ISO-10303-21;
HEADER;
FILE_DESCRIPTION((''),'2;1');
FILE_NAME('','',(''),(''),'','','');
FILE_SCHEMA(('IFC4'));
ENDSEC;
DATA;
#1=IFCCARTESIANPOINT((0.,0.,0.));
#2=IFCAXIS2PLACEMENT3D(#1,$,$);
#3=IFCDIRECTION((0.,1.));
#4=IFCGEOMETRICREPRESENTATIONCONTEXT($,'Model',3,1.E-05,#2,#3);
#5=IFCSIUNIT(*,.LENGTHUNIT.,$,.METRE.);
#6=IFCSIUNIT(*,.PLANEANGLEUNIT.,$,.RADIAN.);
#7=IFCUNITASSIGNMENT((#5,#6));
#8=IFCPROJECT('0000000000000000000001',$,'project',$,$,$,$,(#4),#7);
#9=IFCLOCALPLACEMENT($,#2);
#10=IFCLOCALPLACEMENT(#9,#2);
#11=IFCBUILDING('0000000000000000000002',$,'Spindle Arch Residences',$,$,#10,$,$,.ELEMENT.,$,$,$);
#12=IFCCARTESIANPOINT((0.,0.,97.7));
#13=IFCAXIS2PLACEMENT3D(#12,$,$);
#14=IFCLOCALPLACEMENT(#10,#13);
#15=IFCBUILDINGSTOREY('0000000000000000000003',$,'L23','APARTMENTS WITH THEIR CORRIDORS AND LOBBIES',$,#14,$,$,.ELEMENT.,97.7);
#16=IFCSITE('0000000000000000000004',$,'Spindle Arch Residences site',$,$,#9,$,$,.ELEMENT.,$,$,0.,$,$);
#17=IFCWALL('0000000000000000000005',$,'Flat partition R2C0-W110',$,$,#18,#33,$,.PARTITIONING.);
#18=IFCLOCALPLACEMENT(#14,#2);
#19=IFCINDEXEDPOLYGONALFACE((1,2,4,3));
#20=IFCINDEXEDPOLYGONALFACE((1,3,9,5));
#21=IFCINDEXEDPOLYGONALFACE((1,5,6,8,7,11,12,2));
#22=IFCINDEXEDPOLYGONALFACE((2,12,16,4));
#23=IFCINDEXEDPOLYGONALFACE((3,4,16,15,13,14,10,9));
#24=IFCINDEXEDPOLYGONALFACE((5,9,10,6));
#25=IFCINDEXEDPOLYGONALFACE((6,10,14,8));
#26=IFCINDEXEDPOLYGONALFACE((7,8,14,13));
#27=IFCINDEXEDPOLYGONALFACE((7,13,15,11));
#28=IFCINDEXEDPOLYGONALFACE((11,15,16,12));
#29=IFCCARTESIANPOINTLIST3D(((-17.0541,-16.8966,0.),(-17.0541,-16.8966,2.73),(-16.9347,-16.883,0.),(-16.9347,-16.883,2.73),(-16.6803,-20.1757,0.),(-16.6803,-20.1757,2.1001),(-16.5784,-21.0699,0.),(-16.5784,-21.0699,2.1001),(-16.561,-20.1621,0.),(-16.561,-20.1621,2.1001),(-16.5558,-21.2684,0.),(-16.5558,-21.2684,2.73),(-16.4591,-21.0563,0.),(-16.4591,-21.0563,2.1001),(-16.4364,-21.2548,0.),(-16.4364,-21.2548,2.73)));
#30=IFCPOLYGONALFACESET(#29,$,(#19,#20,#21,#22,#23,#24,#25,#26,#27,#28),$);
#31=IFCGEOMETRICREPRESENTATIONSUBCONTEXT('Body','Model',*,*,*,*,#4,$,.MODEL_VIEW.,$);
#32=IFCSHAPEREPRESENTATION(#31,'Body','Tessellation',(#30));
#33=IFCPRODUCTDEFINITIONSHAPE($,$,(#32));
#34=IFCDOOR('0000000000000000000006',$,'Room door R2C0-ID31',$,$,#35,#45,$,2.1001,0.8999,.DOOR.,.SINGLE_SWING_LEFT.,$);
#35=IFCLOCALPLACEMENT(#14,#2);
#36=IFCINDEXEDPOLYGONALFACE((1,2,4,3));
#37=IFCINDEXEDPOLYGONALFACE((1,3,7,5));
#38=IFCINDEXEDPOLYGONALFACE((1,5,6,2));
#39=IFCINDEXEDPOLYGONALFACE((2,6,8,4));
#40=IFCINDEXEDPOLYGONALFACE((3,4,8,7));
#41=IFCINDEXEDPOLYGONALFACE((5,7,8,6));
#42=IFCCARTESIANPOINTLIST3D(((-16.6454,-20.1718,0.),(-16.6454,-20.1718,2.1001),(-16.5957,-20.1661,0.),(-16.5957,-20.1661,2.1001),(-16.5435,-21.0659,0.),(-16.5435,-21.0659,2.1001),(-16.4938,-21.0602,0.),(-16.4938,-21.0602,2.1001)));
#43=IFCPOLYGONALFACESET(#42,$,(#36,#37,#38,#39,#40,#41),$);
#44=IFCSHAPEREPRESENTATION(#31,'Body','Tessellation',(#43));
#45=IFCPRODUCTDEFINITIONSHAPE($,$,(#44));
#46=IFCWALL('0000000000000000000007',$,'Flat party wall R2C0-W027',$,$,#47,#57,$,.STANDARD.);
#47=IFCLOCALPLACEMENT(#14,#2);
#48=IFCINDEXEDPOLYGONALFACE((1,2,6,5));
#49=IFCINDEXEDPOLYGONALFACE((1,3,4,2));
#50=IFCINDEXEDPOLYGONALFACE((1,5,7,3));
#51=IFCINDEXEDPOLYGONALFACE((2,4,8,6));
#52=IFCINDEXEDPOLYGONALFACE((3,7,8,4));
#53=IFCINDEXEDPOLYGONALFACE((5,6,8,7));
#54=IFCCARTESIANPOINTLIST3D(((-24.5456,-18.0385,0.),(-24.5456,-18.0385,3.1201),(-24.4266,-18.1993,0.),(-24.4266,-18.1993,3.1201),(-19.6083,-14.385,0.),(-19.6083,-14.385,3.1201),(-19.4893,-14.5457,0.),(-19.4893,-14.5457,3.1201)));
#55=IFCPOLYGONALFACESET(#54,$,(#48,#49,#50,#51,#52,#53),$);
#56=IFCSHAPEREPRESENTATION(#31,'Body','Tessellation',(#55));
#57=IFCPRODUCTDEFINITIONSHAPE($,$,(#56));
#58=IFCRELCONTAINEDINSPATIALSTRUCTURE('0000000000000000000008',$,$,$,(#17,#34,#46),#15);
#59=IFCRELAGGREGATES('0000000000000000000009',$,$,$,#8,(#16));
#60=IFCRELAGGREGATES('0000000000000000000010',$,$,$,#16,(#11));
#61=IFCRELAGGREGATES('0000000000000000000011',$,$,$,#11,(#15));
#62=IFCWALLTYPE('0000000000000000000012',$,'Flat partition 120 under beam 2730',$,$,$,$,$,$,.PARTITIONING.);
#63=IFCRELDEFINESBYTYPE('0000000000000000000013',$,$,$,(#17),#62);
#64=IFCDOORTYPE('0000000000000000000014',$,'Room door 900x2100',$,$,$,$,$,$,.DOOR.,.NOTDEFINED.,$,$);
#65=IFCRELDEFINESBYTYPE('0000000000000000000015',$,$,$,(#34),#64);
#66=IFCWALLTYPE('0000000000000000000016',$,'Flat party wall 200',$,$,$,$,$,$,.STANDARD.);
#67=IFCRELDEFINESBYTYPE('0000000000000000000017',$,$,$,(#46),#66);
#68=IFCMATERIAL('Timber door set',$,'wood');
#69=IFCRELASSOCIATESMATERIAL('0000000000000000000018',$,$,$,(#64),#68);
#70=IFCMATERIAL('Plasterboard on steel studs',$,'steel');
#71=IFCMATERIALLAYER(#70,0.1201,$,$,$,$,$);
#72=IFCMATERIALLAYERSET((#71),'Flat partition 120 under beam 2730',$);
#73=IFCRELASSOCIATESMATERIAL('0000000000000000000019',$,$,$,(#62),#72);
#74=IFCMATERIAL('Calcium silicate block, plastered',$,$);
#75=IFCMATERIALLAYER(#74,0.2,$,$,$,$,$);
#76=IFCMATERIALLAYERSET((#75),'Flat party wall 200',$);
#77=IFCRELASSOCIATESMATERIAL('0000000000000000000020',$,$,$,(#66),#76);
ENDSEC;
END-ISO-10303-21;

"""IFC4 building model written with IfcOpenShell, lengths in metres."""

from ifc_helpers import new_model, si_unit, direction, frame, frame_2d, origin, place, context, subcontext, project, spatial, rectangle, extrude, material, layer, layer_set, type_object, element, fill, save


model = new_model("IFC4")

# Units and contexts
model_context = context("Model", 3, precision=1e-05, world=origin(), true_north=direction((0.0, 1.0)))
body_context = subcontext(model_context, "Body", "Model", "MODEL_VIEW")
ifc_project = project(units=[si_unit("LENGTHUNIT", "METRE"), si_unit("PLANEANGLEUNIT", "RADIAN")], contexts=[model_context])

# Site, building, storey
site_placement = place(None, origin())
site = spatial("IfcSite", under=ifc_project, at=site_placement, Name="Spindle Arch Residences site", CompositionType="ELEMENT", RefElevation=0.0)
building_placement = place(site_placement, origin())
building = spatial("IfcBuilding", under=site, at=building_placement, Name="Spindle Arch Residences", CompositionType="ELEMENT")
storey_placement = place(building_placement, frame((0.0, 0.0, 97.7)))
storey = spatial("IfcBuildingStorey", under=building, at=storey_placement, Name="L23", Description="APARTMENTS WITH THEIR CORRIDORS AND LOBBIES", CompositionType="ELEMENT", Elevation=97.7)

# Shared definitions
ifc_material_1 = material(Name="Timber door set", Category="wood")
door_type = type_object("IfcDoorType", Name="Room door 900x2100", OperationType="NOTDEFINED", PredefinedType="DOOR", material=ifc_material_1)

# Wall, opening, door
ifc_material_2 = material(Name="Plasterboard on steel studs", Category="steel")
ifc_layer_1 = layer(ifc_material_2, 0.1201)
ifc_layer_set_1 = layer_set([ifc_layer_1], Name="Flat partition 120 under beam 2730")
wall_type_1 = type_object("IfcWallType", Name="Flat partition 120 under beam 2730", PredefinedType="PARTITIONING", material=ifc_layer_set_1)
wall_1_placement = place(storey_placement, frame((-16.4961, -21.2617, 0.0), z_axis=(0.0, 0.0, 1.0), x_axis=(-0.113245, 0.993567, 0.0)))
wall_1 = element("IfcWall", 1, at=wall_1_placement, inside=storey, type_object=wall_type_1, Name="Flat partition R2C0-W110", PredefinedType="PARTITIONING", context=body_context, shape_type="SweptSolid", body=[
    extrude(rectangle(XDim=4.4001, YDim=0.1201, at=frame_2d((2.2002, 0.0))), origin(), (0.0, 0.0, 1.0), 2.73),
])
opening_1_placement = place(wall_1_placement, frame((0.2, 0.0, 0.0)))
opening_1 = element("IfcOpeningElement", 2, at=opening_1_placement, cuts=wall_1, PredefinedType="OPENING", context=body_context, shape_type="SweptSolid", body=[
    extrude(rectangle(XDim=0.8999, YDim=2.1001, at=frame_2d((0.45, 1.05))), frame((0.0, 0.0701, 0.0), z_axis=(0.0, -1.0, 0.0), x_axis=(1.0, 0.0, 0.0)), (0.0, 0.0, 1.0), 0.1401),
])
door_1_placement = place(opening_1_placement, origin())
door_1 = element("IfcDoor", 3, at=door_1_placement, inside=storey, type_object=door_type, Name="Room door R2C0-ID31", OperationType="SINGLE_SWING_LEFT", OverallHeight=2.1001, OverallWidth=0.8999, PredefinedType="DOOR", context=body_context, shape_type="SweptSolid", body=[
    extrude(rectangle(XDim=0.8999, YDim=2.1001, at=frame_2d((0.45, 1.05))), frame((0.0, 0.0249, 0.0), z_axis=(0.0, -1.0, 0.0), x_axis=(1.0, 0.0, 0.0)), (0.0, 0.0, 1.0), 0.05),
])
fill(opening_1, door_1)

# Wall
ifc_material_3 = material(Name="Calcium silicate block, plastered")
ifc_layer_2 = layer(ifc_material_3, 0.2)
ifc_layer_set_2 = layer_set([ifc_layer_2], Name="Flat party wall 200")
wall_type_2 = type_object("IfcWallType", Name="Flat party wall 200", PredefinedType="STANDARD", material=ifc_layer_set_2)
wall_2_placement = place(storey_placement, frame((-24.4861, -18.1189, 0.0), z_axis=(0.0, 0.0, 1.0), x_axis=(0.803842, 0.594842, 0.0)))
element("IfcWall", 4, at=wall_2_placement, inside=storey, type_object=wall_type_2, Name="Flat party wall R2C0-W027", PredefinedType="STANDARD", context=body_context, shape_type="SweptSolid", body=[
    extrude(rectangle(XDim=6.1421, YDim=0.2, at=frame_2d((3.071, 0.0))), origin(), (0.0, 0.0, 1.0), 3.1201),
])

save(model, "model.ifc")
